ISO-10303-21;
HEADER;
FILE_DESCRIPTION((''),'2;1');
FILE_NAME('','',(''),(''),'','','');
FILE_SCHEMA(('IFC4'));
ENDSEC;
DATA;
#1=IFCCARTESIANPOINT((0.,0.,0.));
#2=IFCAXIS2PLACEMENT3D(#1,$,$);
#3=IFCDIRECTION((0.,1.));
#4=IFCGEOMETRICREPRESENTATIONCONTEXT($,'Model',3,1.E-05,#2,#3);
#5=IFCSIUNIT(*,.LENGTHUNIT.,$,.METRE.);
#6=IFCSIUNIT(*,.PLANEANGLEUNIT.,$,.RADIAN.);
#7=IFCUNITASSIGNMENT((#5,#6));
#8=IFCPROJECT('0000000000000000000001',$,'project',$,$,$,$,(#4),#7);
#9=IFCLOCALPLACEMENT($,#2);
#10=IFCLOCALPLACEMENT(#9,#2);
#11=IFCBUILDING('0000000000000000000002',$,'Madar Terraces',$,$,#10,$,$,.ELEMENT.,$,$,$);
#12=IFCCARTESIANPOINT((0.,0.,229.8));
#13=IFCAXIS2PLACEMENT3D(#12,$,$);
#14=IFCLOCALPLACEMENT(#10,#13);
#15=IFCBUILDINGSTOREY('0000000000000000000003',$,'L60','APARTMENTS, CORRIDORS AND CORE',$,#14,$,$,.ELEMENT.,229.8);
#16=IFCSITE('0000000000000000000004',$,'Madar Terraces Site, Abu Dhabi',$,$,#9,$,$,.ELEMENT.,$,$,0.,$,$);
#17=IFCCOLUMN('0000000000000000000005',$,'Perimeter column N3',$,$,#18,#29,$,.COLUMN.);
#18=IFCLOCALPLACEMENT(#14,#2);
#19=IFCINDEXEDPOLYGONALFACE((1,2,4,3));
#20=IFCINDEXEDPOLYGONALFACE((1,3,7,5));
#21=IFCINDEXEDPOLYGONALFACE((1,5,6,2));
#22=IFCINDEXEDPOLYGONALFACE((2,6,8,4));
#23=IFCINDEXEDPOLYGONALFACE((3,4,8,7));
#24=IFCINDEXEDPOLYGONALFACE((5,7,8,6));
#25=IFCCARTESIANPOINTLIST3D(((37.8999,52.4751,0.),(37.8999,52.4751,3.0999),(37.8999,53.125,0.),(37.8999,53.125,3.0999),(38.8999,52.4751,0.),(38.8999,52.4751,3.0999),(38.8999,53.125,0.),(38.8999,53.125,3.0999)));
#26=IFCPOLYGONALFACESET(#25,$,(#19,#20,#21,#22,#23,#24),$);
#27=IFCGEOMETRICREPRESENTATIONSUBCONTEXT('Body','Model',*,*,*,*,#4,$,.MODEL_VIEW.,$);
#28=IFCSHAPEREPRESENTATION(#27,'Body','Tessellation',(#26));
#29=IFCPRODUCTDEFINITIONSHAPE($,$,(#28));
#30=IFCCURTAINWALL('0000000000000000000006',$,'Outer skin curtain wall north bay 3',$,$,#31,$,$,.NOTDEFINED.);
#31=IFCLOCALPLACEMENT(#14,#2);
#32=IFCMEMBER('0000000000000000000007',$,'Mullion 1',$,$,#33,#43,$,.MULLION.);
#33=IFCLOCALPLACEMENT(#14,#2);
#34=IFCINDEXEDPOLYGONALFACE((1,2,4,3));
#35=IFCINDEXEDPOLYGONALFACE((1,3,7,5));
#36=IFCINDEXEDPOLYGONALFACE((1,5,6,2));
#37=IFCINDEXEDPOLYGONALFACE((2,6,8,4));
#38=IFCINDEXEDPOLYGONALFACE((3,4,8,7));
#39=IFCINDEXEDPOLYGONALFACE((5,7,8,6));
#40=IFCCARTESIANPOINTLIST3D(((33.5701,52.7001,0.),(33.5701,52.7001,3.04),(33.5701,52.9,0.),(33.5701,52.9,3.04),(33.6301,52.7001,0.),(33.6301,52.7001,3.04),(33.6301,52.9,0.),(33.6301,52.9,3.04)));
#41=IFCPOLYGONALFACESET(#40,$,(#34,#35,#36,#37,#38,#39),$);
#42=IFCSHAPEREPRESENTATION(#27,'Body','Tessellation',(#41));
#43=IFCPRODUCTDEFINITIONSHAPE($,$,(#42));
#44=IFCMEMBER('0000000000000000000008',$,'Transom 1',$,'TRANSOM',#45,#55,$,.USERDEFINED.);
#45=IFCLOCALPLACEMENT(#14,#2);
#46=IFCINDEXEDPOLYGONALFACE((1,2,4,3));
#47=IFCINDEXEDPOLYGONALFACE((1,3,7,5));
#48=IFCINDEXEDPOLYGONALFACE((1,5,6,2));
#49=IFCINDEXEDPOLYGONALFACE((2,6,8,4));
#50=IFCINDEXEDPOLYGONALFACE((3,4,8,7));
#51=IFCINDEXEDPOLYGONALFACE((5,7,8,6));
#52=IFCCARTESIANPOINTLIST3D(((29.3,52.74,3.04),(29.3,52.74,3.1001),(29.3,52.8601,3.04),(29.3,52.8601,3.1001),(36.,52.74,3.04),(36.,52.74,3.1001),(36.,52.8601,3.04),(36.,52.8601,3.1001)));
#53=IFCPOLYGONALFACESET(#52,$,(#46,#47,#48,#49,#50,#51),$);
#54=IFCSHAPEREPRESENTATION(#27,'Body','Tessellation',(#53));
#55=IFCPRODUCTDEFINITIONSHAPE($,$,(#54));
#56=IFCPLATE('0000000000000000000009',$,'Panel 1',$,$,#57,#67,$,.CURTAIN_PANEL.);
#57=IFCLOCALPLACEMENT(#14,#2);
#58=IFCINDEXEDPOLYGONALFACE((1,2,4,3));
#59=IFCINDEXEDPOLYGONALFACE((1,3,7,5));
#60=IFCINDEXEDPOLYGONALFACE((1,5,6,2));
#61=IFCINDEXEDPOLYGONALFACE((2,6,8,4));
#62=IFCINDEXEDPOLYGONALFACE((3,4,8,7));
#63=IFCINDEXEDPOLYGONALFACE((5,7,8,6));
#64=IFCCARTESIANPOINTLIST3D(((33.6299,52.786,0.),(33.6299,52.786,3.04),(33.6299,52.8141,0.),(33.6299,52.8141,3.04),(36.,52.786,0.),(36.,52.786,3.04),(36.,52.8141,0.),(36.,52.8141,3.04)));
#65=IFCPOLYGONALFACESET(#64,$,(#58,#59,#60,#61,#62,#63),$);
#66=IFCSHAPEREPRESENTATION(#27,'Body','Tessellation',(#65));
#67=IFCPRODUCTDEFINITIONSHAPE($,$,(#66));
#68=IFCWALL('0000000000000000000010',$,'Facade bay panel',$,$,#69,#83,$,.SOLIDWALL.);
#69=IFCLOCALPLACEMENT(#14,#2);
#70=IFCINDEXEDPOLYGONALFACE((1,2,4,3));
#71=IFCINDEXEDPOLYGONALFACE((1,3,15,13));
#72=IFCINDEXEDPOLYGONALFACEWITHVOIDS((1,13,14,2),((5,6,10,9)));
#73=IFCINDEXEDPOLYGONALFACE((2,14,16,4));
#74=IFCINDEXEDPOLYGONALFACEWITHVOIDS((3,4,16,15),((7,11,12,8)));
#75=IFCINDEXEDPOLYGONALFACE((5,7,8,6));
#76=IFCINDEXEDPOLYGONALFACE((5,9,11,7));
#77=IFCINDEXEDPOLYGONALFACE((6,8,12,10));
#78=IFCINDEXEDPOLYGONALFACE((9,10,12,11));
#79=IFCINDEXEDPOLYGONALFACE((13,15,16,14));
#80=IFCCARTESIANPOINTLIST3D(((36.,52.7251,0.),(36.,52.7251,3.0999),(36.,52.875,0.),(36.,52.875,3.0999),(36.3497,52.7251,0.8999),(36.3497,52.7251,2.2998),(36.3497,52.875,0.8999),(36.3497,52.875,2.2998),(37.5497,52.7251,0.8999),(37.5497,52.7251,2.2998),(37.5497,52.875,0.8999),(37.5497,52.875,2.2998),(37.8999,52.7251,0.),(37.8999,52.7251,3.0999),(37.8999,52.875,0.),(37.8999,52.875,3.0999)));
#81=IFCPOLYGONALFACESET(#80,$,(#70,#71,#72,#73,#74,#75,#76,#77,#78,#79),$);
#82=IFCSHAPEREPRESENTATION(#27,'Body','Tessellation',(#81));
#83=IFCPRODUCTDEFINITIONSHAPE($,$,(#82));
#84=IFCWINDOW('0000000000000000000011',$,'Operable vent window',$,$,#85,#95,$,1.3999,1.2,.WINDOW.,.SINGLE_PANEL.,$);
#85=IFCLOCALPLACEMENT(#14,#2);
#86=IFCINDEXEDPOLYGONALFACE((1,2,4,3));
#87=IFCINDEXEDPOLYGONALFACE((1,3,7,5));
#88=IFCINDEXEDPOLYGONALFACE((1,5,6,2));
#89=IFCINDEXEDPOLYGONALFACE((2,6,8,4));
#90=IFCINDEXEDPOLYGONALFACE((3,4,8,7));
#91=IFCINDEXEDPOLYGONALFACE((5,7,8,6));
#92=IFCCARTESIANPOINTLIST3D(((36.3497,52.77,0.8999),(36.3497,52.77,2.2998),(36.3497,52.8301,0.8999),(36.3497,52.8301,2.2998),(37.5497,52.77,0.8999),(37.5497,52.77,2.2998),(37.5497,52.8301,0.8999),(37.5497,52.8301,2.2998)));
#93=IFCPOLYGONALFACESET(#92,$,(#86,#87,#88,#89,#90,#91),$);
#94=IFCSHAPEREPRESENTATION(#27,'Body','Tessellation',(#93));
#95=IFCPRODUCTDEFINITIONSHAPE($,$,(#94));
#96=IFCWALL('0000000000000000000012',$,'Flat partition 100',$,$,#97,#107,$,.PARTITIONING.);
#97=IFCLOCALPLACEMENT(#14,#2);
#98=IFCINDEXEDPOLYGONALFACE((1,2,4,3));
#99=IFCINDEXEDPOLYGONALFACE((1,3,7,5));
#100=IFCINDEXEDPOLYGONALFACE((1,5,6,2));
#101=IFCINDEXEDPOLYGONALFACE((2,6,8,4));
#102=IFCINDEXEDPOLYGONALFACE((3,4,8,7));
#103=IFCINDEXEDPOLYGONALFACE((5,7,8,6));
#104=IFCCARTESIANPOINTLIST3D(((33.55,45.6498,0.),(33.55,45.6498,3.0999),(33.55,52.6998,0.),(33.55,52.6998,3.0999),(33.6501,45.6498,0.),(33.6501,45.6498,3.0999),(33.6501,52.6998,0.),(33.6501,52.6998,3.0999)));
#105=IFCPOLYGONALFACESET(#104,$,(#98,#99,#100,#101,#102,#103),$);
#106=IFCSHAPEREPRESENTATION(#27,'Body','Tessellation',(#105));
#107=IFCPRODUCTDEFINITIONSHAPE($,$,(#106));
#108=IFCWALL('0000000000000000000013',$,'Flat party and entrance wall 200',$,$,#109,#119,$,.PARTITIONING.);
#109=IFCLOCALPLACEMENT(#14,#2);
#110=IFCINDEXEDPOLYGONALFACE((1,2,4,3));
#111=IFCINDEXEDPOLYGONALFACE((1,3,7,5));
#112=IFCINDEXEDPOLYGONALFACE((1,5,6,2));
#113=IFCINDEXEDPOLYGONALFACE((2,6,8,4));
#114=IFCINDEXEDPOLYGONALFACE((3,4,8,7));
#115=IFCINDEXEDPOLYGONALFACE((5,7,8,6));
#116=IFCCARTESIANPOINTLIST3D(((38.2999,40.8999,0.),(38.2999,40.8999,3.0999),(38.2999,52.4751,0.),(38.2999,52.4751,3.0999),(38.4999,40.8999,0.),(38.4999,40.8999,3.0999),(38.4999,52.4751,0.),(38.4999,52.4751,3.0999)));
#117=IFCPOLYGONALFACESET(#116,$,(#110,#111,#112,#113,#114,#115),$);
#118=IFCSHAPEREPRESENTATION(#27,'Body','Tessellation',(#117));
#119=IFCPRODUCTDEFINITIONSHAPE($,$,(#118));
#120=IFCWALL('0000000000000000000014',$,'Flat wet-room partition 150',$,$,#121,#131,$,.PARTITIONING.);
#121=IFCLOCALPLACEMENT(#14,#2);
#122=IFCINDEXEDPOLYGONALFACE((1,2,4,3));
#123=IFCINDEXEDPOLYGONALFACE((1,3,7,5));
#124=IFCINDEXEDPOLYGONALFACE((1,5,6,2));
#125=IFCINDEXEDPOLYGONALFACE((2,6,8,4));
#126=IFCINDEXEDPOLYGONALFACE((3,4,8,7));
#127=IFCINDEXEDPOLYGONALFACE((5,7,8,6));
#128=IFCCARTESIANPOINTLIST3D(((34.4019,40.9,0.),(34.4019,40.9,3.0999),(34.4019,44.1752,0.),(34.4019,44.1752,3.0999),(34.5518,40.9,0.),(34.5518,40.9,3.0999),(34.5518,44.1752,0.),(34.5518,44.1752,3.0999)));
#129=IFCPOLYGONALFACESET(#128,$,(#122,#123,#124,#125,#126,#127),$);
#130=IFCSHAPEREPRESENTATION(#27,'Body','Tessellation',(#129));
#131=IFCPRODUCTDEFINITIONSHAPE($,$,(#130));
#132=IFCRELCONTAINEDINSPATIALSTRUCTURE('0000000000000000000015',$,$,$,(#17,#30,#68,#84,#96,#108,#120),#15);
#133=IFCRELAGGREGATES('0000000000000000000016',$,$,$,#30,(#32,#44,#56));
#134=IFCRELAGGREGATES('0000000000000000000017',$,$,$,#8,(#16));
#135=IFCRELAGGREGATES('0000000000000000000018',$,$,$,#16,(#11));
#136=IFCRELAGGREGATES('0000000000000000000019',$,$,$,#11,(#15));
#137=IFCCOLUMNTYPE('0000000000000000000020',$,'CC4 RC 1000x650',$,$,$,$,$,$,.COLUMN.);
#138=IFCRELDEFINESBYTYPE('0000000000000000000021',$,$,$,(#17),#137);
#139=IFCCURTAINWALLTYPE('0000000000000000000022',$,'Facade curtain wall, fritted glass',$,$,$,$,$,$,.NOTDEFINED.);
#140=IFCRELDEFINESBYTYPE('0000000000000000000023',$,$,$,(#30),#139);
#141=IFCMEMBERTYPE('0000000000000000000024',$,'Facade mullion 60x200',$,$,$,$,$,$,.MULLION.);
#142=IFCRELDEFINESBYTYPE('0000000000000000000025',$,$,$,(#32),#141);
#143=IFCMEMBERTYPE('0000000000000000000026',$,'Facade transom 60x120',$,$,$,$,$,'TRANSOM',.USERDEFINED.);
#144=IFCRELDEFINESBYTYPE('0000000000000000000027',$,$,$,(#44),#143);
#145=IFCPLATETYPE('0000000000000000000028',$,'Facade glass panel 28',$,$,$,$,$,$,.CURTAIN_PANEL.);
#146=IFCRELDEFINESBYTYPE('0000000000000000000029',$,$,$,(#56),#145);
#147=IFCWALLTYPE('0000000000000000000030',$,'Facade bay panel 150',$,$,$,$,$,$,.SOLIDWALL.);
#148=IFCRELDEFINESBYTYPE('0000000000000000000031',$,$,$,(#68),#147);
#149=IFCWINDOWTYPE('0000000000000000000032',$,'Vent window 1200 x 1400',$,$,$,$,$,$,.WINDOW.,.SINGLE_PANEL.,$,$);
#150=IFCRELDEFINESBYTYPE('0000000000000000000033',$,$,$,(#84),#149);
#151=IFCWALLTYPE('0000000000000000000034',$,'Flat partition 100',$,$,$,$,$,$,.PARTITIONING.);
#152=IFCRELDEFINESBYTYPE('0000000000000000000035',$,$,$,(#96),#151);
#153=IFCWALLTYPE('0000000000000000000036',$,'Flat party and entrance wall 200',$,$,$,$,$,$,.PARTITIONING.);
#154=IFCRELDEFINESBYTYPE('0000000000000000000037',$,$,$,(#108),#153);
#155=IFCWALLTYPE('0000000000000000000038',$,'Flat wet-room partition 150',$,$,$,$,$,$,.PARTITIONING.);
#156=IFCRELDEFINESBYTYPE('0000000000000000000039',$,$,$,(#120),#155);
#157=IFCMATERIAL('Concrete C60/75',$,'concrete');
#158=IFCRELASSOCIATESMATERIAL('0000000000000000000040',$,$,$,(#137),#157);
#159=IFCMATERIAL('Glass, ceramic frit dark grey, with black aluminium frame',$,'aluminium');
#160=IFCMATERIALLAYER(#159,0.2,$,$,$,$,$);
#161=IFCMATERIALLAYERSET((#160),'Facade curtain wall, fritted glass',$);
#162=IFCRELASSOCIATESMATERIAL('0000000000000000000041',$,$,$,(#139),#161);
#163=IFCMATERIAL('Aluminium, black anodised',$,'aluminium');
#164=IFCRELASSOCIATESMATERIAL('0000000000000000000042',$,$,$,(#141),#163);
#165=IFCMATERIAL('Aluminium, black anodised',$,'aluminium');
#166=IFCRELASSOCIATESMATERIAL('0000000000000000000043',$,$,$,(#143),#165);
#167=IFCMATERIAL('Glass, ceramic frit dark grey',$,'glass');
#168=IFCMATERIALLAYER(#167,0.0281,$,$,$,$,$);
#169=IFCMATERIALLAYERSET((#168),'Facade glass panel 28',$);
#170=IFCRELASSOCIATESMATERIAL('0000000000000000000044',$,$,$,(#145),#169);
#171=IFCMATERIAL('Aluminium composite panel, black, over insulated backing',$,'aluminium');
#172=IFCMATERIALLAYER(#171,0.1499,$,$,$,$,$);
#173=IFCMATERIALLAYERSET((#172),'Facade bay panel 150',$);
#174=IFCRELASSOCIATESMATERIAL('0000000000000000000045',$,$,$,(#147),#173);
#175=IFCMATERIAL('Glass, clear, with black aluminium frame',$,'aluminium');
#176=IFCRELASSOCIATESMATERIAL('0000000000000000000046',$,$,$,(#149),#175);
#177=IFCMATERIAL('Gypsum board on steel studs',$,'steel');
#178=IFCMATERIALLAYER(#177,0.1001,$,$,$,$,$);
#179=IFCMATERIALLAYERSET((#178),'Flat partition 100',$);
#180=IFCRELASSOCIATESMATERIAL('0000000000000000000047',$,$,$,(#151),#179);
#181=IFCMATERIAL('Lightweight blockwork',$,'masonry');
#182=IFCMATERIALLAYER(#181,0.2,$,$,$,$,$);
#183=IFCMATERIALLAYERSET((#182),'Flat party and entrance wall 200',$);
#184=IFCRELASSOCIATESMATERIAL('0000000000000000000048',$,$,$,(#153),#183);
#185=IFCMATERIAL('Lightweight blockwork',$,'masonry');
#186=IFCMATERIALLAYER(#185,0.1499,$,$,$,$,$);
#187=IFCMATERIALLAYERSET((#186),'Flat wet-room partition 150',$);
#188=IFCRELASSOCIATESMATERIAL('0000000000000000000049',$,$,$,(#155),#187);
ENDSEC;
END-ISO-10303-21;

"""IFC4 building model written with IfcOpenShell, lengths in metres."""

from ifc_helpers import new_model, si_unit, direction, frame, frame_2d, origin, origin_2d, place, context, subcontext, project, spatial, rectangle, extrude, material, layer, layer_set, material_profile, profile_set, type_object, element, fill, aggregate, save


model = new_model("IFC4")

# Units and contexts
model_context = context("Model", 3, precision=1e-05, world=origin(), true_north=direction((0.0, 1.0)))
body_context = subcontext(model_context, "Body", "Model", "MODEL_VIEW")
ifc_project = project(units=[si_unit("LENGTHUNIT", "METRE"), si_unit("PLANEANGLEUNIT", "RADIAN")], contexts=[model_context])

# Site, building, storey
site_placement = place(None, origin())
site = spatial("IfcSite", under=ifc_project, at=site_placement, Name="Madar Terraces Site, Abu Dhabi", CompositionType="ELEMENT", RefElevation=0.0)
building_placement = place(site_placement, origin())
building = spatial("IfcBuilding", under=site, at=building_placement, Name="Madar Terraces", CompositionType="ELEMENT")
storey_placement = place(building_placement, frame((0.0, 0.0, 229.8)))
storey = spatial("IfcBuildingStorey", under=building, at=storey_placement, Name="L60", Description="APARTMENTS, CORRIDORS AND CORE", CompositionType="ELEMENT", Elevation=229.8)

# Column
ifc_material_1 = material(Name="Concrete C60/75", Category="concrete")
ifc_material_profile_1 = material_profile(ifc_material_1, rectangle(XDim=1.0, YDim=0.6499, at=origin_2d()), Name="CC4 RC 1000x650")
ifc_profile_set_1 = profile_set([ifc_material_profile_1], Name="Concrete C60/75")
column_type = type_object("IfcColumnType", Name="CC4 RC 1000x650", PredefinedType="COLUMN", material=ifc_profile_set_1)
column_placement = place(storey_placement, frame((38.3999, 52.8, 0.0), z_axis=(0.0, 0.0, 1.0), x_axis=(1.0, 0.0, 0.0)))
element("IfcColumn", 1, at=column_placement, inside=storey, type_object=column_type, Name="Perimeter column N3", PredefinedType="COLUMN", context=body_context, shape_type="SweptSolid", body=[
    extrude(rectangle(XDim=1.0, YDim=0.6499, at=origin_2d()), origin(), (0.0, 0.0, 1.0), 3.0999),
])

# Curtain wall, members, plate
ifc_material_2 = material(Name="Glass, ceramic frit dark grey, with black aluminium frame", Category="aluminium")
ifc_layer_1 = layer(ifc_material_2, 0.2)
ifc_layer_set_1 = layer_set([ifc_layer_1], Name="Facade curtain wall, fritted glass")
curtain_wall_type = type_object("IfcCurtainWallType", Name="Facade curtain wall, fritted glass", PredefinedType="NOTDEFINED", material=ifc_layer_set_1)
curtain_wall_placement = place(storey_placement, origin())
curtain_wall = element("IfcCurtainWall", 2, at=curtain_wall_placement, inside=storey, type_object=curtain_wall_type, Name="Outer skin curtain wall north bay 3", PredefinedType="NOTDEFINED")
ifc_material_3 = material(Name="Aluminium, black anodised", Category="aluminium")
ifc_material_profile_2 = material_profile(ifc_material_3, rectangle(XDim=0.2, YDim=0.0601, at=origin_2d()), Name="Facade mullion 60x200")
ifc_profile_set_2 = profile_set([ifc_material_profile_2], Name="Aluminium, black anodised")
member_type_1 = type_object("IfcMemberType", Name="Facade mullion 60x200", PredefinedType="MULLION", material=ifc_profile_set_2)
member_1_placement = place(storey_placement, frame((33.6001, 52.8, 0.0), z_axis=(0.0, 0.0, 1.0), x_axis=(0.0, -1.0, 0.0)))
member_1 = element("IfcMember", 3, at=member_1_placement, type_object=member_type_1, Name="Mullion 1", PredefinedType="MULLION", context=body_context, shape_type="SweptSolid", body=[
    extrude(rectangle(XDim=0.2, YDim=0.0601, at=origin_2d()), origin(), (0.0, 0.0, 1.0), 3.04),
])
ifc_material_4 = material(Name="Aluminium, black anodised", Category="aluminium")
ifc_material_profile_3 = material_profile(ifc_material_4, rectangle(XDim=0.1201, YDim=0.0601, at=origin_2d()), Name="Facade transom 60x120")
ifc_profile_set_3 = profile_set([ifc_material_profile_3], Name="Aluminium, black anodised")
member_type_2 = type_object("IfcMemberType", Name="Facade transom 60x120", ElementType="TRANSOM", PredefinedType="USERDEFINED", material=ifc_profile_set_3)
member_2_placement = place(storey_placement, frame((36.0, 52.8, 3.0701), z_axis=(-1.0, 0.0, 0.0), x_axis=(0.0, -1.0, 0.0)))
member_2 = element("IfcMember", 4, at=member_2_placement, type_object=member_type_2, Name="Transom 1", ObjectType="TRANSOM", PredefinedType="USERDEFINED", context=body_context, shape_type="SweptSolid", body=[
    extrude(rectangle(XDim=0.1201, YDim=0.0601, at=origin_2d()), origin(), (0.0, 0.0, 1.0), 6.7),
])
ifc_material_5 = material(Name="Glass, ceramic frit dark grey", Category="glass")
ifc_layer_2 = layer(ifc_material_5, 0.0281)
ifc_layer_set_2 = layer_set([ifc_layer_2], Name="Facade glass panel 28")
plate_type = type_object("IfcPlateType", Name="Facade glass panel 28", PredefinedType="CURTAIN_PANEL", material=ifc_layer_set_2)
plate_placement = place(storey_placement, frame((34.8149, 52.8, 0.0), z_axis=(0.0, 0.0, 1.0), x_axis=(-1.0, 0.0, 0.0)))
plate = element("IfcPlate", 5, at=plate_placement, type_object=plate_type, Name="Panel 1", PredefinedType="CURTAIN_PANEL", context=body_context, shape_type="SweptSolid", body=[
    extrude(rectangle(XDim=2.3701, YDim=0.0281, at=origin_2d()), origin(), (0.0, 0.0, 1.0), 3.04),
])
aggregate(curtain_wall, [member_1, member_2, plate])

# Wall, opening, window
ifc_material_6 = material(Name="Aluminium composite panel, black, over insulated backing", Category="aluminium")
ifc_layer_3 = layer(ifc_material_6, 0.1499)
ifc_layer_set_3 = layer_set([ifc_layer_3], Name="Facade bay panel 150")
wall_type_1 = type_object("IfcWallType", Name="Facade bay panel 150", PredefinedType="SOLIDWALL", material=ifc_layer_set_3)
wall_1_placement = place(storey_placement, frame((37.8999, 52.8, 0.0), z_axis=(0.0, 0.0, 1.0), x_axis=(-1.0, 0.0, 0.0)))
wall_1 = element("IfcWall", 6, at=wall_1_placement, inside=storey, type_object=wall_type_1, Name="Facade bay panel", PredefinedType="SOLIDWALL", context=body_context, shape_type="SweptSolid", body=[
    extrude(rectangle(XDim=1.8999, YDim=0.1499, at=frame_2d((0.95, 0.0))), origin(), (0.0, 0.0, 1.0), 3.0999),
])
opening_1_placement = place(wall_1_placement, frame((0.3501, 0.0, 0.8999)))
opening_1 = element("IfcOpeningElement", 7, at=opening_1_placement, cuts=wall_1, PredefinedType="OPENING", context=body_context, shape_type="SweptSolid", body=[
    extrude(rectangle(XDim=1.2, YDim=1.3999, at=frame_2d((0.6001, 0.7))), frame((0.0, 0.085, 0.0), z_axis=(0.0, -1.0, 0.0), x_axis=(1.0, 0.0, 0.0)), (0.0, 0.0, 1.0), 0.1699),
])
ifc_material_7 = material(Name="Glass, clear, with black aluminium frame", Category="aluminium")
window_type = type_object("IfcWindowType", Name="Vent window 1200 x 1400", PartitioningType="SINGLE_PANEL", PredefinedType="WINDOW", material=ifc_material_7)
window_placement = place(opening_1_placement, origin())
window = element("IfcWindow", 8, at=window_placement, inside=storey, type_object=window_type, Name="Operable vent window", OverallHeight=1.3999, OverallWidth=1.2, PartitioningType="SINGLE_PANEL", PredefinedType="WINDOW", context=body_context, shape_type="SweptSolid", body=[
    extrude(rectangle(XDim=1.2, YDim=1.3999, at=frame_2d((0.6001, 0.7))), frame((0.0, 0.03, 0.0), z_axis=(0.0, -1.0, 0.0), x_axis=(1.0, 0.0, 0.0)), (0.0, 0.0, 1.0), 0.0601),
])
fill(opening_1, window)

# Walls
ifc_material_8 = material(Name="Gypsum board on steel studs", Category="steel")
ifc_layer_4 = layer(ifc_material_8, 0.1001)
ifc_layer_set_4 = layer_set([ifc_layer_4], Name="Flat partition 100")
wall_type_2 = type_object("IfcWallType", Name="Flat partition 100", PredefinedType="PARTITIONING", material=ifc_layer_set_4)
wall_2_placement = place(storey_placement, frame((33.6001, 45.6499, 0.0), z_axis=(0.0, 0.0, 1.0), x_axis=(0.0, 1.0, 0.0)))
element("IfcWall", 9, at=wall_2_placement, inside=storey, type_object=wall_type_2, Name="Flat partition 100", PredefinedType="PARTITIONING", context=body_context, shape_type="SweptSolid", body=[
    extrude(rectangle(XDim=7.05, YDim=0.1001, at=frame_2d((3.5249, 0.0))), origin(), (0.0, 0.0, 1.0), 3.0999),
])
ifc_material_9 = material(Name="Lightweight blockwork", Category="masonry")
ifc_layer_5 = layer(ifc_material_9, 0.2)
ifc_layer_set_5 = layer_set([ifc_layer_5], Name="Flat party and entrance wall 200")
wall_type_3 = type_object("IfcWallType", Name="Flat party and entrance wall 200", PredefinedType="PARTITIONING", material=ifc_layer_set_5)
wall_3_placement = place(storey_placement, frame((38.3999, 52.4751, 0.0), z_axis=(0.0, 0.0, 1.0), x_axis=(0.0, -1.0, 0.0)))
element("IfcWall", 10, at=wall_3_placement, inside=storey, type_object=wall_type_3, Name="Flat party and entrance wall 200", PredefinedType="PARTITIONING", context=body_context, shape_type="SweptSolid", body=[
    extrude(rectangle(XDim=11.5752, YDim=0.2, at=frame_2d((5.7876, 0.0))), origin(), (0.0, 0.0, 1.0), 3.0999),
])
ifc_material_10 = material(Name="Lightweight blockwork", Category="masonry")
ifc_layer_6 = layer(ifc_material_10, 0.1499)
ifc_layer_set_6 = layer_set([ifc_layer_6], Name="Flat wet-room partition 150")
wall_type_4 = type_object("IfcWallType", Name="Flat wet-room partition 150", PredefinedType="PARTITIONING", material=ifc_layer_set_6)
wall_4_placement = place(storey_placement, frame((34.4768, 40.8999, 0.0), z_axis=(0.0, 0.0, 1.0), x_axis=(0.0, 1.0, 0.0)))
element("IfcWall", 11, at=wall_4_placement, inside=storey, type_object=wall_type_4, Name="Flat wet-room partition 150", PredefinedType="PARTITIONING", context=body_context, shape_type="SweptSolid", body=[
    extrude(rectangle(XDim=3.2751, YDim=0.1499, at=frame_2d((1.6377, 0.0))), origin(), (0.0, 0.0, 1.0), 3.0999),
])

save(model, "model.ifc")
